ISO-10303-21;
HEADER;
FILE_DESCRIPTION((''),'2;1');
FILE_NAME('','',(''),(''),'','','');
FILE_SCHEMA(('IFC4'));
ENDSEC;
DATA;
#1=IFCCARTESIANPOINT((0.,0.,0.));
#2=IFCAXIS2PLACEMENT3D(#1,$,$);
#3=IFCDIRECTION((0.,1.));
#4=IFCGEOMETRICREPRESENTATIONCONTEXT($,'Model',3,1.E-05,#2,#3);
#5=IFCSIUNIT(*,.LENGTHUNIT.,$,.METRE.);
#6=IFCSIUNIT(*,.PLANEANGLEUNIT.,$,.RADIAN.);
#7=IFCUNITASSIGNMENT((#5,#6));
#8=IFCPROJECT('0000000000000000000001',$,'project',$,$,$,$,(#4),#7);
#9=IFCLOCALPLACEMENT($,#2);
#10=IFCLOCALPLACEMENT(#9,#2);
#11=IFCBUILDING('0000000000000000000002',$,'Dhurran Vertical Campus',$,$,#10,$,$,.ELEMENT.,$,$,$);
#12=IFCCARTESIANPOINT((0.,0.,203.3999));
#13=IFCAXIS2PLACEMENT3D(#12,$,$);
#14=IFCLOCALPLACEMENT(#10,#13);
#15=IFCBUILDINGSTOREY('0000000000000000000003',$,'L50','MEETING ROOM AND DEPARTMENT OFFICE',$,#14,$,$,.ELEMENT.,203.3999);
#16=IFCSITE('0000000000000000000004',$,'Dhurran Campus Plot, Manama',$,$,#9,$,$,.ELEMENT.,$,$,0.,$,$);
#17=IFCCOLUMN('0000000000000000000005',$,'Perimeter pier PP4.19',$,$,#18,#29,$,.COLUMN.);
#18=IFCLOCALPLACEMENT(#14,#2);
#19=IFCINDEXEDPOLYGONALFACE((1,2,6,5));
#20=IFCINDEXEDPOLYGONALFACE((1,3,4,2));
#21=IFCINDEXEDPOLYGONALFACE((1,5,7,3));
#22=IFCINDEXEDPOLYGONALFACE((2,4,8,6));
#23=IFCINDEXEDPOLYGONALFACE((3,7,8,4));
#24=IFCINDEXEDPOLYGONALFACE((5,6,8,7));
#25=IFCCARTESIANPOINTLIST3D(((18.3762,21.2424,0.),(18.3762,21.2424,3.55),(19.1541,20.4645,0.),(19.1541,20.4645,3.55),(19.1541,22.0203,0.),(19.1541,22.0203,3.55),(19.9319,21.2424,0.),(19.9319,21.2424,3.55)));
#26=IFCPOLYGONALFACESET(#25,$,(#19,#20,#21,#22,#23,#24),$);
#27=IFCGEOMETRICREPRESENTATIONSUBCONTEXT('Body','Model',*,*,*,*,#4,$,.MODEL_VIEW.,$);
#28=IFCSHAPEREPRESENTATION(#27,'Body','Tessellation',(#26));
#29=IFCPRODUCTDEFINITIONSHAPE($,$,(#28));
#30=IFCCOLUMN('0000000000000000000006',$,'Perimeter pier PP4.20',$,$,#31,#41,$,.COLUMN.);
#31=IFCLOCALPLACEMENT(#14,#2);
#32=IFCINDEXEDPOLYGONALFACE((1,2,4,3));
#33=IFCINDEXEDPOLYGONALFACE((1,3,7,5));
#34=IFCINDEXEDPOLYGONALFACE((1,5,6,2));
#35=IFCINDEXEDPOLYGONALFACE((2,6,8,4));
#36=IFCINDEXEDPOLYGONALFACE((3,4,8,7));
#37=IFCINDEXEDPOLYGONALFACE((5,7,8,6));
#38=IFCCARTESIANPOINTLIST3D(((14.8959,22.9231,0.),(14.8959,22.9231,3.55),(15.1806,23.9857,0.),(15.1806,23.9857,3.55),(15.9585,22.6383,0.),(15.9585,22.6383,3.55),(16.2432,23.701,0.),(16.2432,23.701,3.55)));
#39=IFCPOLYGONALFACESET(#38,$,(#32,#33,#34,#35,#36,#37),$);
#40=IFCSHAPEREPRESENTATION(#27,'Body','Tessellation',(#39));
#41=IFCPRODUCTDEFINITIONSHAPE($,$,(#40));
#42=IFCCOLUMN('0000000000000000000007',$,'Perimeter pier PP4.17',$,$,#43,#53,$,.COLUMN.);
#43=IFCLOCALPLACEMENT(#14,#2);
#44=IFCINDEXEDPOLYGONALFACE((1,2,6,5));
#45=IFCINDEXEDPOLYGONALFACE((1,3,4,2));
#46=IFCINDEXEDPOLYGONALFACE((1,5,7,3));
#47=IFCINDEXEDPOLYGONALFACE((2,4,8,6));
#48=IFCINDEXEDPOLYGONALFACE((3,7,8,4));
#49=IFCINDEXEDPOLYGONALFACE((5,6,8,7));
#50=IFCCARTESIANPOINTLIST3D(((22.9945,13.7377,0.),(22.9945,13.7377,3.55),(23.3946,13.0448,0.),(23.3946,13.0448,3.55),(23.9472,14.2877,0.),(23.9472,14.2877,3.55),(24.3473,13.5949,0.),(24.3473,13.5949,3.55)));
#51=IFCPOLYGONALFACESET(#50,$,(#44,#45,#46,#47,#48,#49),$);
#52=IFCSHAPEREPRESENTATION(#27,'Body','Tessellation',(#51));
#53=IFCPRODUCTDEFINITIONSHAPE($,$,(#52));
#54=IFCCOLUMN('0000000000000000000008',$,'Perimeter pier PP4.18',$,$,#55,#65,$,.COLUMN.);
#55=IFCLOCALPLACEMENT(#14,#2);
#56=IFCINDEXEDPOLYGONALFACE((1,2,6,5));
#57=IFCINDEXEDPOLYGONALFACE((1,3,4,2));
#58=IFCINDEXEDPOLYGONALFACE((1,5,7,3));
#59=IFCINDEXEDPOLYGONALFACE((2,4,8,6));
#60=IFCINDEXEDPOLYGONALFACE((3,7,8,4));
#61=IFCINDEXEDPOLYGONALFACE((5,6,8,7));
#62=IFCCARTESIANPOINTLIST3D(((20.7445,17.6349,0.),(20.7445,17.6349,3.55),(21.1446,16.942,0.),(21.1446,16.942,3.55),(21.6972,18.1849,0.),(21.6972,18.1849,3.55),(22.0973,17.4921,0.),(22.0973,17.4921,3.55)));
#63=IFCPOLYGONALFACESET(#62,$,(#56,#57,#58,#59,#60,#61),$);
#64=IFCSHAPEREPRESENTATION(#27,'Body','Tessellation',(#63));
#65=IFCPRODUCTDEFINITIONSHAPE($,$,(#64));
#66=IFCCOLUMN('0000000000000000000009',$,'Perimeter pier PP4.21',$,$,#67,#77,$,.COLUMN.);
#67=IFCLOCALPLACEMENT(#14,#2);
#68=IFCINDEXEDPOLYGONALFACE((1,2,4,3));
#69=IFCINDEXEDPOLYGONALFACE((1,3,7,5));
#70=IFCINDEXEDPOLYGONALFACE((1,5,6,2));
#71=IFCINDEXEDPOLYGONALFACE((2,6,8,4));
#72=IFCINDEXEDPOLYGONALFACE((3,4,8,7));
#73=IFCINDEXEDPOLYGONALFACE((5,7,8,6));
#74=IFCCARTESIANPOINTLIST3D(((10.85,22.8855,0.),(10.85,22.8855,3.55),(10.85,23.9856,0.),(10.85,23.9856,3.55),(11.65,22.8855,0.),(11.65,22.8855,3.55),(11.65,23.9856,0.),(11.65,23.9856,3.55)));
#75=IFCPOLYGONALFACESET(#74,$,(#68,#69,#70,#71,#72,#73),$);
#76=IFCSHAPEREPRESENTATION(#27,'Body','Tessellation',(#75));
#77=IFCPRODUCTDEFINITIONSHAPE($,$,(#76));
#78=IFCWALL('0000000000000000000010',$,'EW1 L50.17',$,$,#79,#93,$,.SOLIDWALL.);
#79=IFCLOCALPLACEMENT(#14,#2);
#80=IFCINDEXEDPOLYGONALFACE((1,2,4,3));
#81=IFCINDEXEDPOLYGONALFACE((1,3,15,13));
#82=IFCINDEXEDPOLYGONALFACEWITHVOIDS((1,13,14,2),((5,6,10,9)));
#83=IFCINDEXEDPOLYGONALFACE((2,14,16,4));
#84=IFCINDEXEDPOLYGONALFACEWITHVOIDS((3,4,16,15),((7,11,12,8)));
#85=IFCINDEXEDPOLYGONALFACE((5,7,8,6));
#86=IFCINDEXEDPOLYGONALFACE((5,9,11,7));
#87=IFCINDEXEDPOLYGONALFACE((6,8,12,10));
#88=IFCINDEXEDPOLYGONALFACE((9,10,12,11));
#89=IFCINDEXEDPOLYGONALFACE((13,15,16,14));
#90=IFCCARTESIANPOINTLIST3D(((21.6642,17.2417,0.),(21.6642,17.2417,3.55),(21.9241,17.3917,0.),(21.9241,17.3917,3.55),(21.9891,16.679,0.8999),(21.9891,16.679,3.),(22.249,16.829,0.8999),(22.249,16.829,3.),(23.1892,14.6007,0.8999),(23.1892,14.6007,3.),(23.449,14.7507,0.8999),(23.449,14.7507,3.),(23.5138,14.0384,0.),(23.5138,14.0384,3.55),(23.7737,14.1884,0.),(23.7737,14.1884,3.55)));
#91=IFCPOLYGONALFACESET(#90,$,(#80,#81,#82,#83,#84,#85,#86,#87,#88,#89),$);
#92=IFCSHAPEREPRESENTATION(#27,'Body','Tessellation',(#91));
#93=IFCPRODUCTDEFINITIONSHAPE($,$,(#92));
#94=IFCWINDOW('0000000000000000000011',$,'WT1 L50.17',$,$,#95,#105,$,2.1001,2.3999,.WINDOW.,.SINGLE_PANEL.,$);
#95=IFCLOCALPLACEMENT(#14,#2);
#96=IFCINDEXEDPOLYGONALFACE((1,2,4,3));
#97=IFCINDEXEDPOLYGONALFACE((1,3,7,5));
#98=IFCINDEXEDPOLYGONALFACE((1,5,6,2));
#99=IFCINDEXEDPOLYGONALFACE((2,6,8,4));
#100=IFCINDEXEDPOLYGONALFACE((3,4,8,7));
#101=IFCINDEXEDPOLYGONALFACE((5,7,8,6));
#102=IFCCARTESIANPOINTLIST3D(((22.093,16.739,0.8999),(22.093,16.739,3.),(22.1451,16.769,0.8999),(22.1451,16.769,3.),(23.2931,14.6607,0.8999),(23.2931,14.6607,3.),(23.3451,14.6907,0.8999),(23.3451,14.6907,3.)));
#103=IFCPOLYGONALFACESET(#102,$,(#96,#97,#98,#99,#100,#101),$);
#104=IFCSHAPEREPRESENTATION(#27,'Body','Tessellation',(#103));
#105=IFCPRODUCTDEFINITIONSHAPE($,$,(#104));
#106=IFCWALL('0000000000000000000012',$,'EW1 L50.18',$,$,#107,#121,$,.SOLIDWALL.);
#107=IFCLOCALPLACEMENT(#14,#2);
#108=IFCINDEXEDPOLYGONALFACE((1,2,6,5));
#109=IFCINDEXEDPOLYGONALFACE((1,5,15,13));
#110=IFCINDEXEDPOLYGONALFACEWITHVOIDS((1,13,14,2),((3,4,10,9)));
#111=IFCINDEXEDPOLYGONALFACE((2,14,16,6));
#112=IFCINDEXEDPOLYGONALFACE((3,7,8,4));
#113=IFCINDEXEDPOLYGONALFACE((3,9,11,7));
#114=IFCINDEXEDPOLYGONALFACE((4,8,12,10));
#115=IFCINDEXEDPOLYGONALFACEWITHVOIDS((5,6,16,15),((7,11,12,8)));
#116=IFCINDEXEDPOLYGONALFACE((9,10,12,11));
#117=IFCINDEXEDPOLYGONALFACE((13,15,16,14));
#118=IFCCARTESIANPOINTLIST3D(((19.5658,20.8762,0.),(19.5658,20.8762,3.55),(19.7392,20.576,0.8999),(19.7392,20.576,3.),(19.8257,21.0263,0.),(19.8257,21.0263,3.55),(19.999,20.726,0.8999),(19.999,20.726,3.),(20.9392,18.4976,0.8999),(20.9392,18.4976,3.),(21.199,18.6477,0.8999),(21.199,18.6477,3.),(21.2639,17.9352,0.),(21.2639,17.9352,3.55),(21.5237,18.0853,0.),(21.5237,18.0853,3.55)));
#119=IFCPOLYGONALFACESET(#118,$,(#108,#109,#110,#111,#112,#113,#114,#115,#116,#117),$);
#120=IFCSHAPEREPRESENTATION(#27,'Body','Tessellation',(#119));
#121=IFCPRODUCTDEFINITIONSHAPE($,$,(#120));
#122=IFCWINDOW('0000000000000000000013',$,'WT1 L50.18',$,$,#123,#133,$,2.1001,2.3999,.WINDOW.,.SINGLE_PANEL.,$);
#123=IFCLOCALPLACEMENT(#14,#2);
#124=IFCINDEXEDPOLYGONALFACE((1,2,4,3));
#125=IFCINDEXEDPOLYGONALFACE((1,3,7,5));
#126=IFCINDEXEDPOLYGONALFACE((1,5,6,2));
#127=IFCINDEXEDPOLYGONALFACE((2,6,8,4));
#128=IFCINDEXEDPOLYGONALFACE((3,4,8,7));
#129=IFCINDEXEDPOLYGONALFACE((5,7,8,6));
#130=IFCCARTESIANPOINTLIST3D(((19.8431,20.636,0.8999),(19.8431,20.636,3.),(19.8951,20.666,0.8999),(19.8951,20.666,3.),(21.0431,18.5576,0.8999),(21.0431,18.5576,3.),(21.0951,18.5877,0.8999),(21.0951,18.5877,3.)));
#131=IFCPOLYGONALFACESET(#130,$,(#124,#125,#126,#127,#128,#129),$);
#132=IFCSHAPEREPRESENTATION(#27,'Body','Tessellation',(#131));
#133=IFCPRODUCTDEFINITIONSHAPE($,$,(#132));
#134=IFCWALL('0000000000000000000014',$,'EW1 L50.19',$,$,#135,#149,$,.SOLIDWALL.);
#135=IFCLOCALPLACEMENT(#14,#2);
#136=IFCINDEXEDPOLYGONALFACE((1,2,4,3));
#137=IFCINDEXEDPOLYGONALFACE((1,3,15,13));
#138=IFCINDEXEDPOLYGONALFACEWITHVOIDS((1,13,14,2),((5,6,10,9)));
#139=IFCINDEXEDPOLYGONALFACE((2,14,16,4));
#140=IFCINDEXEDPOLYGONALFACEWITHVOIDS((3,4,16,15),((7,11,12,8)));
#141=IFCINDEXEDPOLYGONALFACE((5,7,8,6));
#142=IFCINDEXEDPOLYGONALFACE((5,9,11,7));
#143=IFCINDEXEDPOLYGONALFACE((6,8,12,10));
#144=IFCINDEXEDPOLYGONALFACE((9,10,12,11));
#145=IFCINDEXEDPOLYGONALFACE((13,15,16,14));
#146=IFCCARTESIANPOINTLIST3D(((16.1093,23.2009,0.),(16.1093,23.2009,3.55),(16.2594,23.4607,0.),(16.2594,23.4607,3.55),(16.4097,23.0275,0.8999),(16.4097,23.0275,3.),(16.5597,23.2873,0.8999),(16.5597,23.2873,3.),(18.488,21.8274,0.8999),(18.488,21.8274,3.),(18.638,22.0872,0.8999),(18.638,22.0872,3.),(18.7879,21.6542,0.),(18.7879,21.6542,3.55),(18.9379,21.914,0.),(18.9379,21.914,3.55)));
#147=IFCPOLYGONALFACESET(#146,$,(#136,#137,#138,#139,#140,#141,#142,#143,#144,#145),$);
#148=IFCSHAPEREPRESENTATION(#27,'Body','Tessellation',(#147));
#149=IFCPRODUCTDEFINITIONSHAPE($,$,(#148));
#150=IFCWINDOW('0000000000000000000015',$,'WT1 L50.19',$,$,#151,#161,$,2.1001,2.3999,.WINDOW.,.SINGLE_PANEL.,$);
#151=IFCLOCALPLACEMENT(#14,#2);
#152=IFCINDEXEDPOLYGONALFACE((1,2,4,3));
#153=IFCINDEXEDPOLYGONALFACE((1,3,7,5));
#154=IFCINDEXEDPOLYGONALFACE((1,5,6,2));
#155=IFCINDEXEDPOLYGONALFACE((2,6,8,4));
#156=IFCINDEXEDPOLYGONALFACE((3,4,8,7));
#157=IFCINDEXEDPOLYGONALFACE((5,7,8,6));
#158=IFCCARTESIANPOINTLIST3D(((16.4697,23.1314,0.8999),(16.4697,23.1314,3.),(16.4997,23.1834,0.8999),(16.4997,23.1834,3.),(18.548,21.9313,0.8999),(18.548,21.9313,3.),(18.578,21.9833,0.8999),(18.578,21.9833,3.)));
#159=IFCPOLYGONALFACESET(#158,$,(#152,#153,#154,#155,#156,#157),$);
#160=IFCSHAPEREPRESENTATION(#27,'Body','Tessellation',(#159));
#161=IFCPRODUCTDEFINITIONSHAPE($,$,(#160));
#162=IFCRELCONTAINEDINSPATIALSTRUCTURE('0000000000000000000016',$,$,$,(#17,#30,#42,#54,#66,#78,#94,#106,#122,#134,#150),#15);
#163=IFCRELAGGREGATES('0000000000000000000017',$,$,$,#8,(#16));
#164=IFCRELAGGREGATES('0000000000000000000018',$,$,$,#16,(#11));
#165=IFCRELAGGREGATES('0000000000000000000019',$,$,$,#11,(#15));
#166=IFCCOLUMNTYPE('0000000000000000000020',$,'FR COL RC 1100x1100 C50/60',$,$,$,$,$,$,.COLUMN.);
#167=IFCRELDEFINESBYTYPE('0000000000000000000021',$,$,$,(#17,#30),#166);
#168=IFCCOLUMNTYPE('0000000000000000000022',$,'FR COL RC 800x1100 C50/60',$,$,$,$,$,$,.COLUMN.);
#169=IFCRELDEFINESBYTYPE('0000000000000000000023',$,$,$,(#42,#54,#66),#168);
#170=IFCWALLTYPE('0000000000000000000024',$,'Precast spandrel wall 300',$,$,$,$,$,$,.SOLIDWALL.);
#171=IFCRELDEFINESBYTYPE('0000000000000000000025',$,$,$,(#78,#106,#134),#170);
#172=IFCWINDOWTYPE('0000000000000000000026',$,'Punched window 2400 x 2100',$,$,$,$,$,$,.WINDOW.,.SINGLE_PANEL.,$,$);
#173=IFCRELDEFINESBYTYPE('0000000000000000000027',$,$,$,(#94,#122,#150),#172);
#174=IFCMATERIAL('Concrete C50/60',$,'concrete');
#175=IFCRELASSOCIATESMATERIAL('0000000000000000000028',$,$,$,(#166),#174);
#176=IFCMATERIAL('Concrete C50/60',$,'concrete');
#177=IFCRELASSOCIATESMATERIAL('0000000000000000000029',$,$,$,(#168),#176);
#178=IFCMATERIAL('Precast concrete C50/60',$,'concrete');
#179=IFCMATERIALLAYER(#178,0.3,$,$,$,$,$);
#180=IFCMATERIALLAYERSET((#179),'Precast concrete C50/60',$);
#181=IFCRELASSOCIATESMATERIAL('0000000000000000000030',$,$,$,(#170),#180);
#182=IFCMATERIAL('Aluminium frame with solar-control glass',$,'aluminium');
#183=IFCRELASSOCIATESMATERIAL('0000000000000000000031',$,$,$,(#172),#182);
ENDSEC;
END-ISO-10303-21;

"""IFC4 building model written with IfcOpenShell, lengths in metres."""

from ifc_helpers import new_model, si_unit, direction, frame, frame_2d, origin, origin_2d, place, context, subcontext, project, spatial, rectangle, extrude, material, layer, layer_set, material_profile, profile_set, type_object, element, fill, save


model = new_model("IFC4")

# Units and contexts
model_context = context("Model", 3, precision=1e-05, world=origin(), true_north=direction((0.0, 1.0)))
body_context = subcontext(model_context, "Body", "Model", "MODEL_VIEW")
ifc_project = project(units=[si_unit("LENGTHUNIT", "METRE"), si_unit("PLANEANGLEUNIT", "RADIAN")], contexts=[model_context])

# Site, building, storey
site_placement = place(None, origin())
site = spatial("IfcSite", under=ifc_project, at=site_placement, Name="Dhurran Campus Plot, Manama", CompositionType="ELEMENT", RefElevation=0.0)
building_placement = place(site_placement, origin())
building = spatial("IfcBuilding", under=site, at=building_placement, Name="Dhurran Vertical Campus", CompositionType="ELEMENT")
storey_placement = place(building_placement, frame((0.0, 0.0, 203.3999)))
storey = spatial("IfcBuildingStorey", under=building, at=storey_placement, Name="L50", Description="MEETING ROOM AND DEPARTMENT OFFICE", CompositionType="ELEMENT", Elevation=203.3999)

# Columns
ifc_material_1 = material(Name="Concrete C50/60", Category="concrete")
ifc_material_profile_1 = material_profile(ifc_material_1, rectangle(XDim=1.1001, YDim=1.1001, at=origin_2d()), Name="RC 1100x1100")
ifc_profile_set_1 = profile_set([ifc_material_profile_1], Name="Concrete C50/60")
column_type_1 = type_object("IfcColumnType", Name="FR COL RC 1100x1100 C50/60", PredefinedType="COLUMN", material=ifc_profile_set_1)
for number, where, z_axis, x_axis, name in (
    (1, (19.1541, 21.2424, 0.0), (0.0, 0.0, 1.0), (-0.707107, 0.707107, 0.0), "Perimeter pier PP4.19"),
    (2, (15.5696, 23.312, 0.0), (0.0, 0.0, 1.0), (-0.965926, 0.258819, 0.0), "Perimeter pier PP4.20"),
):
    element("IfcColumn", number, at=place(storey_placement, frame(where, z_axis=z_axis, x_axis=x_axis)), inside=storey, type_object=column_type_1, Name=name, PredefinedType="COLUMN", context=body_context, shape_type="SweptSolid", body=[
        extrude(rectangle(XDim=1.1001, YDim=1.1001, at=origin_2d()), origin(), (0.0, 0.0, 1.0), 3.55),
    ])
ifc_material_2 = material(Name="Concrete C50/60", Category="concrete")
ifc_material_profile_2 = material_profile(ifc_material_2, rectangle(XDim=0.8, YDim=1.1001, at=origin_2d()), Name="RC 800x1100")
ifc_profile_set_2 = profile_set([ifc_material_profile_2], Name="Concrete C50/60")
column_type_2 = type_object("IfcColumnType", Name="FR COL RC 800x1100 C50/60", PredefinedType="COLUMN", material=ifc_profile_set_2)
for number, where, z_axis, x_axis, name in (
    (3, (23.6709, 13.6663, 0.0), (0.0, 0.0, 1.0), (-0.5, 0.866025, 0.0), "Perimeter pier PP4.17"),
    (4, (21.4209, 17.5635, 0.0), (0.0, 0.0, 1.0), (-0.5, 0.866025, 0.0), "Perimeter pier PP4.18"),
    (5, (11.25, 23.4355, 0.0), (0.0, 0.0, 1.0), (-1.0, 0.0, 0.0), "Perimeter pier PP4.21"),
):
    element("IfcColumn", number, at=place(storey_placement, frame(where, z_axis=z_axis, x_axis=x_axis)), inside=storey, type_object=column_type_2, Name=name, PredefinedType="COLUMN", context=body_context, shape_type="SweptSolid", body=[
        extrude(rectangle(XDim=0.8, YDim=1.1001, at=origin_2d()), origin(), (0.0, 0.0, 1.0), 3.55),
    ])

# Walls, openings, windows
ifc_material_3 = material(Name="Precast concrete C50/60", Category="concrete")
ifc_layer_1 = layer(ifc_material_3, 0.3)
ifc_layer_set_1 = layer_set([ifc_layer_1], Name="Precast concrete C50/60")
wall_type_1 = type_object("IfcWallType", Name="Precast spandrel wall 300", PredefinedType="SOLIDWALL", material=ifc_layer_set_1)
wall_1_placement = place(storey_placement, frame((23.6438, 14.1133, 0.0), z_axis=(0.0, 0.0, 1.0), x_axis=(-0.500029, 0.866009, 0.0)))
wall_1 = element("IfcWall", 6, at=wall_1_placement, inside=storey, type_object=wall_type_1, Name="EW1 L50.17", PredefinedType="SOLIDWALL", context=body_context, shape_type="SweptSolid", body=[
    extrude(rectangle(XDim=3.699, YDim=0.3, at=frame_2d((1.8496, 0.0))), origin(), (0.0, 0.0, 1.0), 3.55),
])
opening_1_placement = place(wall_1_placement, frame((0.6494, 0.0, 0.8999)))
opening_1 = element("IfcOpeningElement", 7, at=opening_1_placement, cuts=wall_1, PredefinedType="OPENING", context=body_context, shape_type="SweptSolid", body=[
    extrude(rectangle(XDim=2.3999, YDim=2.1001, at=frame_2d((1.2, 1.05))), frame((0.0, 0.1599, 0.0), z_axis=(0.0, -1.0, 0.0), x_axis=(1.0, 0.0, 0.0)), (0.0, 0.0, 1.0), 0.3201),
])
ifc_material_4 = material(Name="Aluminium frame with solar-control glass", Category="aluminium")
window_type = type_object("IfcWindowType", Name="Punched window 2400 x 2100", PartitioningType="SINGLE_PANEL", PredefinedType="WINDOW", material=ifc_material_4)
window_1_placement = place(opening_1_placement, origin())
window_1 = element("IfcWindow", 8, at=window_1_placement, inside=storey, type_object=window_type, Name="WT1 L50.17", OverallHeight=2.1001, OverallWidth=2.3999, PartitioningType="SINGLE_PANEL", PredefinedType="WINDOW", context=body_context, shape_type="SweptSolid", body=[
    extrude(rectangle(XDim=2.3999, YDim=2.1001, at=frame_2d((1.2, 1.05))), frame((0.0, 0.03, 0.0), z_axis=(0.0, -1.0, 0.0), x_axis=(1.0, 0.0, 0.0)), (0.0, 0.0, 1.0), 0.0601),
])
fill(opening_1, window_1)
wall_2_placement = place(storey_placement, frame((21.3938, 18.0103, 0.0), z_axis=(0.0, 0.0, 1.0), x_axis=(-0.500013, 0.866018, 0.0)))
wall_2 = element("IfcWall", 9, at=wall_2_placement, inside=storey, type_object=wall_type_1, Name="EW1 L50.18", PredefinedType="SOLIDWALL", context=body_context, shape_type="SweptSolid", body=[
    extrude(rectangle(XDim=3.396, YDim=0.3, at=frame_2d((1.698, 0.0))), origin(), (0.0, 0.0, 1.0), 3.55),
])
opening_2_placement = place(wall_2_placement, frame((0.6494, 0.0, 0.8999)))
opening_2 = element("IfcOpeningElement", 10, at=opening_2_placement, cuts=wall_2, PredefinedType="OPENING", context=body_context, shape_type="SweptSolid", body=[
    extrude(rectangle(XDim=2.3999, YDim=2.1001, at=frame_2d((1.2, 1.05))), frame((0.0, 0.1599, 0.0), z_axis=(0.0, -1.0, 0.0), x_axis=(1.0, 0.0, 0.0)), (0.0, 0.0, 1.0), 0.3201),
])
window_2_placement = place(opening_2_placement, origin())
window_2 = element("IfcWindow", 11, at=window_2_placement, inside=storey, type_object=window_type, Name="WT1 L50.18", OverallHeight=2.1001, OverallWidth=2.3999, PartitioningType="SINGLE_PANEL", PredefinedType="WINDOW", context=body_context, shape_type="SweptSolid", body=[
    extrude(rectangle(XDim=2.3999, YDim=2.1001, at=frame_2d((1.2, 1.05))), frame((0.0, 0.03, 0.0), z_axis=(0.0, -1.0, 0.0), x_axis=(1.0, 0.0, 0.0)), (0.0, 0.0, 1.0), 0.0601),
])
fill(opening_2, window_2)
wall_3_placement = place(storey_placement, frame((18.8628, 21.7842, 0.0), z_axis=(0.0, 0.0, 1.0), x_axis=(-0.865995, 0.500053, 0.0)))
wall_3 = element("IfcWall", 12, at=wall_3_placement, inside=storey, type_object=wall_type_1, Name="EW1 L50.19", PredefinedType="SOLIDWALL", context=body_context, shape_type="SweptSolid", body=[
    extrude(rectangle(XDim=3.093, YDim=0.3, at=frame_2d((1.5464, 0.0))), origin(), (0.0, 0.0, 1.0), 3.55),
])
opening_3_placement = place(wall_3_placement, frame((0.3462, 0.0, 0.8999)))
opening_3 = element("IfcOpeningElement", 13, at=opening_3_placement, cuts=wall_3, PredefinedType="OPENING", context=body_context, shape_type="SweptSolid", body=[
    extrude(rectangle(XDim=2.3999, YDim=2.1001, at=frame_2d((1.2, 1.05))), frame((0.0, 0.1599, 0.0), z_axis=(0.0, -1.0, 0.0), x_axis=(1.0, 0.0, 0.0)), (0.0, 0.0, 1.0), 0.3201),
])
window_3_placement = place(opening_3_placement, origin())
window_3 = element("IfcWindow", 14, at=window_3_placement, inside=storey, type_object=window_type, Name="WT1 L50.19", OverallHeight=2.1001, OverallWidth=2.3999, PartitioningType="SINGLE_PANEL", PredefinedType="WINDOW", context=body_context, shape_type="SweptSolid", body=[
    extrude(rectangle(XDim=2.3999, YDim=2.1001, at=frame_2d((1.2, 1.05))), frame((0.0, 0.03, 0.0), z_axis=(0.0, -1.0, 0.0), x_axis=(1.0, 0.0, 0.0)), (0.0, 0.0, 1.0), 0.0601),
])
fill(opening_3, window_3)

save(model, "model.ifc")
